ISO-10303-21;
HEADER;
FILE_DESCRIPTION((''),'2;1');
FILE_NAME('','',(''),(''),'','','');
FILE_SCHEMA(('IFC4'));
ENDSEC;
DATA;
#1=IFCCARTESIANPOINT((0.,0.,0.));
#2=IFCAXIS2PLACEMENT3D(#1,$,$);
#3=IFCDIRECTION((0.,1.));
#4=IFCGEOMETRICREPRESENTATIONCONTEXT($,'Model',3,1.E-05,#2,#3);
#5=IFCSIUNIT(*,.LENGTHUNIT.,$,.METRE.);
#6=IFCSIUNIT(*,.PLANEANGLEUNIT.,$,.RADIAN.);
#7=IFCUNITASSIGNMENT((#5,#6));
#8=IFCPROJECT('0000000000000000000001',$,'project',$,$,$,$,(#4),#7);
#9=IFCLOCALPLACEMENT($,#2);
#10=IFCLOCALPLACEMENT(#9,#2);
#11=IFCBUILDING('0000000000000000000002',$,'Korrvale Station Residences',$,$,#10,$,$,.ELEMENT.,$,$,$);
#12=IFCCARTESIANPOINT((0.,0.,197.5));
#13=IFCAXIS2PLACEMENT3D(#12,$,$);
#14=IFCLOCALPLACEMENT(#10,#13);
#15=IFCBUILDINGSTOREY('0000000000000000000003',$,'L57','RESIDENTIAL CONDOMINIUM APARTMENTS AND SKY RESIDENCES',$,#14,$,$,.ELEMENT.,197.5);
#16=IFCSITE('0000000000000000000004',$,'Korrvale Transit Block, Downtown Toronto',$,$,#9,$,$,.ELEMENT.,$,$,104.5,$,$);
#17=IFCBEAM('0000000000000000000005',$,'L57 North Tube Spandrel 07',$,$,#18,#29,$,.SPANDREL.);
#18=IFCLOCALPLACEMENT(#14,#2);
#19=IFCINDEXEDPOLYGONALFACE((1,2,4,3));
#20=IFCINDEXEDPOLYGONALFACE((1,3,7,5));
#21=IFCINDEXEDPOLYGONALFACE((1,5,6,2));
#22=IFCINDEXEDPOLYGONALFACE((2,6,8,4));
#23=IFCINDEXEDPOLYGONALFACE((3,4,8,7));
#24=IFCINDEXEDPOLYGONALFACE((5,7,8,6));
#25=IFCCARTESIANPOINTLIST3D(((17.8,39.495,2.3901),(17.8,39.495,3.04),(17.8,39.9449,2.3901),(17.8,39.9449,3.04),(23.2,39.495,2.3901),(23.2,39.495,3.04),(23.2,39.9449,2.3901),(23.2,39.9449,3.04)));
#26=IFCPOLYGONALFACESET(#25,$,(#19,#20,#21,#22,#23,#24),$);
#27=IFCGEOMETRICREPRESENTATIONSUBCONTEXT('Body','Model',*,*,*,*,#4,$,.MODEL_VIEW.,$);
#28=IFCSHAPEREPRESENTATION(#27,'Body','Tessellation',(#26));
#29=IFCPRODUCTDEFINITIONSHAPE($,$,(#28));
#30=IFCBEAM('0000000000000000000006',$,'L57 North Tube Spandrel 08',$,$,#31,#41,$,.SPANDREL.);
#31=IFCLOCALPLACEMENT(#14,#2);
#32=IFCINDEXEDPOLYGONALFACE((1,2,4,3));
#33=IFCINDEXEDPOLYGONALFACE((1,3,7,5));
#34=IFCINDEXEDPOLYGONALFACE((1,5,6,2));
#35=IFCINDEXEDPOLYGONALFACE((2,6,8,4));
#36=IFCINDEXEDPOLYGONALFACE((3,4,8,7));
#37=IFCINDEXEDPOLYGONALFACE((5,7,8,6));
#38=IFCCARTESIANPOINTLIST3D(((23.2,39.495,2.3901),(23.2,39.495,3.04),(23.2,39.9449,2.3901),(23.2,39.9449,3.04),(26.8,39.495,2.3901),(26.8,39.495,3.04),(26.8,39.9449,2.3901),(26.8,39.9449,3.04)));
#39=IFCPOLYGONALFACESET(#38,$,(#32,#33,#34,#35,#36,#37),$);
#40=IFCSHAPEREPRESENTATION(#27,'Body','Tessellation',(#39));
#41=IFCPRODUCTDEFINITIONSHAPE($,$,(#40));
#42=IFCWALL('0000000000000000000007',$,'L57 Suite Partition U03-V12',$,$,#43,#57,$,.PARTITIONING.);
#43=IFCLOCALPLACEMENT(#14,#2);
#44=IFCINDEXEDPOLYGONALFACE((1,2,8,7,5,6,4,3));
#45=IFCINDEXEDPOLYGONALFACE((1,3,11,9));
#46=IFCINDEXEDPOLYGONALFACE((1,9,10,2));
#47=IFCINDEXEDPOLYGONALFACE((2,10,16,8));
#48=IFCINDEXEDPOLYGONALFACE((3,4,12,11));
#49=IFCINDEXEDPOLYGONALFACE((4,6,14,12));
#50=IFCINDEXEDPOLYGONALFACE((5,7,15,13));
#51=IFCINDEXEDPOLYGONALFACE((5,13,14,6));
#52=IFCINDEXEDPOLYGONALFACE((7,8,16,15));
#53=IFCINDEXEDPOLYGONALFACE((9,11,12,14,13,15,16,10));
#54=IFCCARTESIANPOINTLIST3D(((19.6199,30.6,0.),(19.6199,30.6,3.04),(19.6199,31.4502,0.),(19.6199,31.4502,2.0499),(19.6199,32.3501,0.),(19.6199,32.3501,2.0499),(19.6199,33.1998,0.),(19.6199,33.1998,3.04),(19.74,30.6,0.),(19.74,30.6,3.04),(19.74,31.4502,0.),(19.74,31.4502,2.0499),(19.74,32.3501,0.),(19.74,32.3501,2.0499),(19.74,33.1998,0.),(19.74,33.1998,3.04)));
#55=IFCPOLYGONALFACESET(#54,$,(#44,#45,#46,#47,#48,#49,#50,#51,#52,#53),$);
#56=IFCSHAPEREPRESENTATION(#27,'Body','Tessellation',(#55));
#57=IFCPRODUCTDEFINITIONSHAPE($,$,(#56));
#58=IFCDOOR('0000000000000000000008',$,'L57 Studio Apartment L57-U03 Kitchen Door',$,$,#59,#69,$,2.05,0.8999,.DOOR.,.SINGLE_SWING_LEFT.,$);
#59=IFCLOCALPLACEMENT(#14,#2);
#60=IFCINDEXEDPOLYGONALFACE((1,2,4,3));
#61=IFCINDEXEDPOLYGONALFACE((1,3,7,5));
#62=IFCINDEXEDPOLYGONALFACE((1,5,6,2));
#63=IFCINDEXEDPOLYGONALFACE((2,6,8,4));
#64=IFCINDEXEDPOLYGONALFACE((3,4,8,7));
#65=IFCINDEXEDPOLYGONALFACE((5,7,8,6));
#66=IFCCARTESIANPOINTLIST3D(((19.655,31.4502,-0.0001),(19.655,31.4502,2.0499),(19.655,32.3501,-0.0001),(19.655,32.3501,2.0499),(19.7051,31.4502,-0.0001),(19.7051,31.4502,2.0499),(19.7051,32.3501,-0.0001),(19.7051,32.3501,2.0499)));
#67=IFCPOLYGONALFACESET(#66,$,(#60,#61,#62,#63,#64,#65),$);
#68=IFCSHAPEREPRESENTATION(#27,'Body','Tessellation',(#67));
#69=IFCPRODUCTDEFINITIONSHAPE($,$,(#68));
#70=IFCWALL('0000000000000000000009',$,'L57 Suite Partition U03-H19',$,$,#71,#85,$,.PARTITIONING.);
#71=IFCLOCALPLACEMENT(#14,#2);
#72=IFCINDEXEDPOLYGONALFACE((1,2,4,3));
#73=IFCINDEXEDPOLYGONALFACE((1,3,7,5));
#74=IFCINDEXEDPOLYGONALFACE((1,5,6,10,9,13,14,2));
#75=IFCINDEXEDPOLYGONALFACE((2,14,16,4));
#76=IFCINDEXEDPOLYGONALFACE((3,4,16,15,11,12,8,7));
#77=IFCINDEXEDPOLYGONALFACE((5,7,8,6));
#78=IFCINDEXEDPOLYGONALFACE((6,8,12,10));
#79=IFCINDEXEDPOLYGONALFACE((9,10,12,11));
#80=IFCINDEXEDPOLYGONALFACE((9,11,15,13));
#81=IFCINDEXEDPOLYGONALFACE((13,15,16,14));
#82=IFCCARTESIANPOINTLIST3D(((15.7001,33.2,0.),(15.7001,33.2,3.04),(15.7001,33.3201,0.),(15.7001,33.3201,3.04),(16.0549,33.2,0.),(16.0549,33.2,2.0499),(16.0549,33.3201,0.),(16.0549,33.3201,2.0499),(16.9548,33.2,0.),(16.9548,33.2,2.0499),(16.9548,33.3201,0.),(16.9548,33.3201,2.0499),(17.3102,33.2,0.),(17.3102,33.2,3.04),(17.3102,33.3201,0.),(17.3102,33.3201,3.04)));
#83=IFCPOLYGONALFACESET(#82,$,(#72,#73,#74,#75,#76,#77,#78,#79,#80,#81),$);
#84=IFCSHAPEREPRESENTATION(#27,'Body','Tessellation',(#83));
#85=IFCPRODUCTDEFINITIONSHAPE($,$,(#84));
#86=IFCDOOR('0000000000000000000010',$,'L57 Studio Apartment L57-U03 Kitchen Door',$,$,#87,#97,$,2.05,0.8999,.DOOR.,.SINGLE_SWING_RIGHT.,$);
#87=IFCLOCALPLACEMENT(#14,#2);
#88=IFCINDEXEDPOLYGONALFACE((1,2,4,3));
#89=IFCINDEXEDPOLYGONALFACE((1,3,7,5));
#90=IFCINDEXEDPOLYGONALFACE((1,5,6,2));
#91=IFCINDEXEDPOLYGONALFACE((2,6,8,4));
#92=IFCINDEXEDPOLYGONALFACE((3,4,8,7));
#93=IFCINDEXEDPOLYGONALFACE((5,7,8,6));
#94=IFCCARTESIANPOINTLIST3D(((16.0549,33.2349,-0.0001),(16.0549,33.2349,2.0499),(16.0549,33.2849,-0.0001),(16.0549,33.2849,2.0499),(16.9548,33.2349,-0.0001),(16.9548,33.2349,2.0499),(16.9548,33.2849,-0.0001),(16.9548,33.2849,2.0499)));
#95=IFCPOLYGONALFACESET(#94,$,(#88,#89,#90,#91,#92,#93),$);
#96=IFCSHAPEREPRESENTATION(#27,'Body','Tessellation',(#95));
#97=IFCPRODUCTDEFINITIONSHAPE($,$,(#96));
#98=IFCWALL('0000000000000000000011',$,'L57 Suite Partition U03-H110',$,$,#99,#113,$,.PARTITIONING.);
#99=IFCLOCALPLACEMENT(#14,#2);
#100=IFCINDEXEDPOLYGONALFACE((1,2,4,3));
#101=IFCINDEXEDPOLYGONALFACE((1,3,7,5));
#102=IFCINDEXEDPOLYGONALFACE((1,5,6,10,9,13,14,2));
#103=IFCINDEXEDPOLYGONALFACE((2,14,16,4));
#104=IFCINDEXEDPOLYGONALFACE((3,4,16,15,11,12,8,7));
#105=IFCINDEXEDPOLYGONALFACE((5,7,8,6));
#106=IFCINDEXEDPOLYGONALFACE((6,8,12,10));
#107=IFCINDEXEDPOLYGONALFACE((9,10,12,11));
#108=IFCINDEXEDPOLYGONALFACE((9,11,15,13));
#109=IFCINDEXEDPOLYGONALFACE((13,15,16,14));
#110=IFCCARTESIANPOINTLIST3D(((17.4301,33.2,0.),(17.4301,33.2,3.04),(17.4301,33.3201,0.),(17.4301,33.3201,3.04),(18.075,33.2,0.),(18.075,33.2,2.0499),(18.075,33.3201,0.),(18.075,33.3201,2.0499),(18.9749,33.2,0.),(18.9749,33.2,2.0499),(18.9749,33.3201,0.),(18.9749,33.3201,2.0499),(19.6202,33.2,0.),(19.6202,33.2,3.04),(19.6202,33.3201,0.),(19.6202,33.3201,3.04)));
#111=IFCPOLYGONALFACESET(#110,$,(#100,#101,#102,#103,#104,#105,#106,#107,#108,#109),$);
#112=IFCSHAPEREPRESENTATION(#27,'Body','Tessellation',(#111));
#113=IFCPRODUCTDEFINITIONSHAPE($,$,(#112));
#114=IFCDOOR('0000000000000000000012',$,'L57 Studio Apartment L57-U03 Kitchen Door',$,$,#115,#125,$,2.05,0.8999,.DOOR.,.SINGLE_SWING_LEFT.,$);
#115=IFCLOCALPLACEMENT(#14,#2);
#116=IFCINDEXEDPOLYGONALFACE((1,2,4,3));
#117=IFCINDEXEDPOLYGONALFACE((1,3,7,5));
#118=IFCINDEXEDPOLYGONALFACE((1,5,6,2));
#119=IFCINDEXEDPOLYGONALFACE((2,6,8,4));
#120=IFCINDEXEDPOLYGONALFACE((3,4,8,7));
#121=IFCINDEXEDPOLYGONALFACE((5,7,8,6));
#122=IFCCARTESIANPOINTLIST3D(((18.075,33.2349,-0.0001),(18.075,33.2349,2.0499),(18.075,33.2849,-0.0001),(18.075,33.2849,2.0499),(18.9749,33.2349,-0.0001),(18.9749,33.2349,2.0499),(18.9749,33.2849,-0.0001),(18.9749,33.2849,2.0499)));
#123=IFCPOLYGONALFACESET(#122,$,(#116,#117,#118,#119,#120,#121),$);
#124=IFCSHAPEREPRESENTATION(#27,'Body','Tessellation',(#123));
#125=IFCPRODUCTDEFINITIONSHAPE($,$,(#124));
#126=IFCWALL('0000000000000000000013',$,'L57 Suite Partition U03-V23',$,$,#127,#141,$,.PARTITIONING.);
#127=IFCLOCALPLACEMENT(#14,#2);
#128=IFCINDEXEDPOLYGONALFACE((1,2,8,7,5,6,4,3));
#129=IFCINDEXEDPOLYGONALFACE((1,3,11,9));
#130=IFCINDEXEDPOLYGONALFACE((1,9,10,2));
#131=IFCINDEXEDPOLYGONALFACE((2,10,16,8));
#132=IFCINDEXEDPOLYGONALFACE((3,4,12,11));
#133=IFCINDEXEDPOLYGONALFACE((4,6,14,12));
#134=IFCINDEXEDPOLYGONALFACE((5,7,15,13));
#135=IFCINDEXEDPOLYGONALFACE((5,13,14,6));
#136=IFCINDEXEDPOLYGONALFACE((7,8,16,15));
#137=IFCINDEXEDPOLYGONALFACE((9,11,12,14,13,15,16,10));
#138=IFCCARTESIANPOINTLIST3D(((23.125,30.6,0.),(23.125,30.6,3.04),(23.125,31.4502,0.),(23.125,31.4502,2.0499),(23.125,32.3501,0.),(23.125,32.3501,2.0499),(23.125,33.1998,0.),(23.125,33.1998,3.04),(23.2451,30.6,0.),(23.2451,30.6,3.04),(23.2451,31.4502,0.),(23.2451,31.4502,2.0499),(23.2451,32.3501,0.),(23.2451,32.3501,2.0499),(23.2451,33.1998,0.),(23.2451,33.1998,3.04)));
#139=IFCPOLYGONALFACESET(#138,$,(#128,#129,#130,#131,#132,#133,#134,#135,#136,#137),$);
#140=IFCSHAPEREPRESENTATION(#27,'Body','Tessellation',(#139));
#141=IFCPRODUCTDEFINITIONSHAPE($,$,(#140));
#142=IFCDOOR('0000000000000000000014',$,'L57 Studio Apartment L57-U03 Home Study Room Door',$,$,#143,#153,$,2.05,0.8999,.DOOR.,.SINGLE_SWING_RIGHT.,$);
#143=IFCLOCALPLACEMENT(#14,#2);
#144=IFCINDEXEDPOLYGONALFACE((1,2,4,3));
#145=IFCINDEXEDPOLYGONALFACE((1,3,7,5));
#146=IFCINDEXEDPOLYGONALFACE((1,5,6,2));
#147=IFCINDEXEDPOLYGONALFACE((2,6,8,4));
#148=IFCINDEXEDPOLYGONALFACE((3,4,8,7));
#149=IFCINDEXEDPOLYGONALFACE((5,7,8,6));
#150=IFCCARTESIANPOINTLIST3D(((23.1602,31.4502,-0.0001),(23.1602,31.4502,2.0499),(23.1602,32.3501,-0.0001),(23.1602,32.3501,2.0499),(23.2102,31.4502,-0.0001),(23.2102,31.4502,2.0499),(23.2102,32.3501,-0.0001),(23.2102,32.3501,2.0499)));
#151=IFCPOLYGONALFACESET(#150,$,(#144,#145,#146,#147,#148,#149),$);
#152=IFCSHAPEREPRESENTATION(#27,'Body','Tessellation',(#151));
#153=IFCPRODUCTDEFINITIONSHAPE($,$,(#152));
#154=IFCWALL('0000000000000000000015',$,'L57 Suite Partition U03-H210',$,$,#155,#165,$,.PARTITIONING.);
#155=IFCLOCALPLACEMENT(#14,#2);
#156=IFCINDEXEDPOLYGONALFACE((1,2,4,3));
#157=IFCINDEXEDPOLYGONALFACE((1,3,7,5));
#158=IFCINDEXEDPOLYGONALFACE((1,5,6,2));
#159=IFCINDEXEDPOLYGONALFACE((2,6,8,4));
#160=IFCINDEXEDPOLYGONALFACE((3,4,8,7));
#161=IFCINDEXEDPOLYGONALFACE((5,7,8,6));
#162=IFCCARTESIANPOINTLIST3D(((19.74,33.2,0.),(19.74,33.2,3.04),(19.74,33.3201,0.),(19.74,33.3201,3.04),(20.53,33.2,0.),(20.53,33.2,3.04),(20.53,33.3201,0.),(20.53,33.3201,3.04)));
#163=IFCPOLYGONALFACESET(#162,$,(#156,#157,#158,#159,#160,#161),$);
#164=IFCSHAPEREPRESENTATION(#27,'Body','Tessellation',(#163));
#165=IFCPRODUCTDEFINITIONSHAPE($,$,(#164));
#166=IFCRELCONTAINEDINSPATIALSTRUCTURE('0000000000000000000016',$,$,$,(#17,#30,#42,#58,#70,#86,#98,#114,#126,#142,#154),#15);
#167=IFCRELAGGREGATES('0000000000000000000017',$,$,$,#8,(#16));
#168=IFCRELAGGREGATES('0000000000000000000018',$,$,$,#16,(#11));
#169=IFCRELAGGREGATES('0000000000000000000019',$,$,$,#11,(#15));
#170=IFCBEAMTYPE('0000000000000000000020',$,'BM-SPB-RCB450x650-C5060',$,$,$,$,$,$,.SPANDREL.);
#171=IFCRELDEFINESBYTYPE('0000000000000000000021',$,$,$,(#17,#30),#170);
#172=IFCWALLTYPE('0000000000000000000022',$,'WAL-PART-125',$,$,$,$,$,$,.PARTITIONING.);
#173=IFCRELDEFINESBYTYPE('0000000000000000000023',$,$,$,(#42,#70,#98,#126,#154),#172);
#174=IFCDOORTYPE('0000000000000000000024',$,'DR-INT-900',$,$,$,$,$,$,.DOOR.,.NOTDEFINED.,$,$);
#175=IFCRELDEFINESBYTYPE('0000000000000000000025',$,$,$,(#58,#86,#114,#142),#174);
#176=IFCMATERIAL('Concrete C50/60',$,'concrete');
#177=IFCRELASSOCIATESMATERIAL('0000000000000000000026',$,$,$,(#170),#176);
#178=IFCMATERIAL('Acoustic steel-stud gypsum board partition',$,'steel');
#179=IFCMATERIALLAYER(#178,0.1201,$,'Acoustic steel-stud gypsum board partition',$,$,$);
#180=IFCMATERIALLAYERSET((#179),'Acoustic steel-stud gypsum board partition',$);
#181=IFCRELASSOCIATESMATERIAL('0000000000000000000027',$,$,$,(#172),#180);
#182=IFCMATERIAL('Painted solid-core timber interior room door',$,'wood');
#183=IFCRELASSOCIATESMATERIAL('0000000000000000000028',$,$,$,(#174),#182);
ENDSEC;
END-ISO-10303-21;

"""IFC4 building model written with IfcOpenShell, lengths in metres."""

from ifc_helpers import new_model, si_unit, direction, frame, frame_2d, origin, origin_2d, place, context, subcontext, project, spatial, rectangle, extrude, material, layer, layer_set, material_profile, profile_set, type_object, element, fill, save


model = new_model("IFC4")

# Units and contexts
model_context = context("Model", 3, precision=1e-05, world=origin(), true_north=direction((0.0, 1.0)))
body_context = subcontext(model_context, "Body", "Model", "MODEL_VIEW")
ifc_project = project(units=[si_unit("LENGTHUNIT", "METRE"), si_unit("PLANEANGLEUNIT", "RADIAN")], contexts=[model_context])

# Site, building, storey
site_placement = place(None, origin())
site = spatial("IfcSite", under=ifc_project, at=site_placement, Name="Korrvale Transit Block, Downtown Toronto", CompositionType="ELEMENT", RefElevation=104.5)
building_placement = place(site_placement, origin())
building = spatial("IfcBuilding", under=site, at=building_placement, Name="Korrvale Station Residences", CompositionType="ELEMENT")
storey_placement = place(building_placement, frame((0.0, 0.0, 197.5)))
storey = spatial("IfcBuildingStorey", under=building, at=storey_placement, Name="L57", Description="RESIDENTIAL CONDOMINIUM APARTMENTS AND SKY RESIDENCES", CompositionType="ELEMENT", Elevation=197.5)

# Shared definitions
ifc_material_1 = material(Name="Concrete C50/60", Category="concrete")

# Beams
ifc_material_profile_1 = material_profile(ifc_material_1, rectangle(XDim=0.45, YDim=0.6499, at=origin_2d()), Name="RCB450x650")
ifc_profile_set_1 = profile_set([ifc_material_profile_1], Name="Concrete C50/60")
beam_type_1 = type_object("IfcBeamType", Name="BM-SPB-RCB450x650-C5060", PredefinedType="SPANDREL", material=ifc_profile_set_1)
beam_1_placement = place(storey_placement, frame((17.8, 39.72, 2.7151), z_axis=(1.0, 0.0, 0.0), x_axis=(0.0, 1.0, 0.0)))
element("IfcBeam", 1, at=beam_1_placement, inside=storey, type_object=beam_type_1, Name="L57 North Tube Spandrel 07", PredefinedType="SPANDREL", context=body_context, shape_type="SweptSolid", body=[
    extrude(rectangle(XDim=0.45, YDim=0.6499, at=origin_2d()), origin(), (0.0, 0.0, 1.0), 5.3999),
])
beam_2_placement = place(storey_placement, frame((23.2, 39.72, 2.7151), z_axis=(1.0, 0.0, 0.0), x_axis=(0.0, 1.0, 0.0)))
element("IfcBeam", 2, at=beam_2_placement, inside=storey, type_object=beam_type_1, Name="L57 North Tube Spandrel 08", PredefinedType="SPANDREL", context=body_context, shape_type="SweptSolid", body=[
    extrude(rectangle(XDim=0.45, YDim=0.6499, at=origin_2d()), origin(), (0.0, 0.0, 1.0), 3.6001),
])

# Walls, openings, doors
ifc_material_2 = material(Name="Acoustic steel-stud gypsum board partition", Category="steel")
ifc_layer_1 = layer(ifc_material_2, 0.1201, Name="Acoustic steel-stud gypsum board partition")
ifc_layer_set_1 = layer_set([ifc_layer_1], Name="Acoustic steel-stud gypsum board partition")
wall_type = type_object("IfcWallType", Name="WAL-PART-125", PredefinedType="PARTITIONING", material=ifc_layer_set_1)
wall_1_placement = place(storey_placement, frame((19.6799, 30.6001, 0.0), z_axis=(0.0, 0.0, 1.0), x_axis=(0.0, 1.0, 0.0)))
wall_1 = element("IfcWall", 3, at=wall_1_placement, inside=storey, type_object=wall_type, Name="L57 Suite Partition U03-V12", PredefinedType="PARTITIONING", context=body_context, shape_type="SweptSolid", body=[
    extrude(rectangle(XDim=2.5999, YDim=0.1201, at=frame_2d((1.2998, 0.0))), origin(), (0.0, 0.0, 1.0), 3.04),
])
opening_1_placement = place(wall_1_placement, frame((0.8501, 0.0, 0.0)))
opening_1 = element("IfcOpeningElement", 4, at=opening_1_placement, cuts=wall_1, PredefinedType="OPENING", context=body_context, shape_type="SweptSolid", body=[
    extrude(rectangle(XDim=0.8999, YDim=2.05, at=frame_2d((0.45, 1.0249))), frame((0.0, 0.0701, 0.0), z_axis=(0.0, -1.0, 0.0), x_axis=(1.0, 0.0, 0.0)), (0.0, 0.0, 1.0), 0.1401),
])
ifc_material_3 = material(Name="Painted solid-core timber interior room door", Category="wood")
door_type = type_object("IfcDoorType", Name="DR-INT-900", OperationType="NOTDEFINED", PredefinedType="DOOR", material=ifc_material_3)
door_1_placement = place(opening_1_placement, origin())
door_1 = element("IfcDoor", 5, at=door_1_placement, inside=storey, type_object=door_type, Name="L57 Studio Apartment L57-U03 Kitchen Door", OperationType="SINGLE_SWING_LEFT", OverallHeight=2.05, OverallWidth=0.8999, PredefinedType="DOOR", context=body_context, shape_type="SweptSolid", body=[
    extrude(rectangle(XDim=0.8999, YDim=2.05, at=frame_2d((0.45, 1.0249))), frame((0.0, 0.0249, 0.0), z_axis=(0.0, -1.0, 0.0), x_axis=(1.0, 0.0, 0.0)), (0.0, 0.0, 1.0), 0.05),
])
fill(opening_1, door_1)
wall_2_placement = place(storey_placement, frame((15.7, 33.26, 0.0), z_axis=(0.0, 0.0, 1.0), x_axis=(1.0, 0.0, 0.0)))
wall_2 = element("IfcWall", 6, at=wall_2_placement, inside=storey, type_object=wall_type, Name="L57 Suite Partition U03-H19", PredefinedType="PARTITIONING", context=body_context, shape_type="SweptSolid", body=[
    extrude(rectangle(XDim=1.6101, YDim=0.1201, at=frame_2d((0.8052, 0.0))), origin(), (0.0, 0.0, 1.0), 3.04),
])
opening_2_placement = place(wall_2_placement, frame((0.355, 0.0, 0.0)))
opening_2 = element("IfcOpeningElement", 7, at=opening_2_placement, cuts=wall_2, PredefinedType="OPENING", context=body_context, shape_type="SweptSolid", body=[
    extrude(rectangle(XDim=0.8999, YDim=2.05, at=frame_2d((0.45, 1.0249))), frame((0.0, 0.0701, 0.0), z_axis=(0.0, -1.0, 0.0), x_axis=(1.0, 0.0, 0.0)), (0.0, 0.0, 1.0), 0.1401),
])
door_2_placement = place(opening_2_placement, origin())
door_2 = element("IfcDoor", 8, at=door_2_placement, inside=storey, type_object=door_type, Name="L57 Studio Apartment L57-U03 Kitchen Door", OperationType="SINGLE_SWING_RIGHT", OverallHeight=2.05, OverallWidth=0.8999, PredefinedType="DOOR", context=body_context, shape_type="SweptSolid", body=[
    extrude(rectangle(XDim=0.8999, YDim=2.05, at=frame_2d((0.45, 1.0249))), frame((0.0, 0.0249, 0.0), z_axis=(0.0, -1.0, 0.0), x_axis=(1.0, 0.0, 0.0)), (0.0, 0.0, 1.0), 0.05),
])
fill(opening_2, door_2)
wall_3_placement = place(storey_placement, frame((17.4299, 33.26, 0.0), z_axis=(0.0, 0.0, 1.0), x_axis=(1.0, 0.0, 0.0)))
wall_3 = element("IfcWall", 9, at=wall_3_placement, inside=storey, type_object=wall_type, Name="L57 Suite Partition U03-H110", PredefinedType="PARTITIONING", context=body_context, shape_type="SweptSolid", body=[
    extrude(rectangle(XDim=2.1902, YDim=0.1201, at=frame_2d((1.0952, 0.0))), origin(), (0.0, 0.0, 1.0), 3.04),
])
opening_3_placement = place(wall_3_placement, frame((0.645, 0.0, 0.0)))
opening_3 = element("IfcOpeningElement", 10, at=opening_3_placement, cuts=wall_3, PredefinedType="OPENING", context=body_context, shape_type="SweptSolid", body=[
    extrude(rectangle(XDim=0.8999, YDim=2.05, at=frame_2d((0.45, 1.0249))), frame((0.0, 0.0701, 0.0), z_axis=(0.0, -1.0, 0.0), x_axis=(1.0, 0.0, 0.0)), (0.0, 0.0, 1.0), 0.1401),
])
door_3_placement = place(opening_3_placement, origin())
door_3 = element("IfcDoor", 11, at=door_3_placement, inside=storey, type_object=door_type, Name="L57 Studio Apartment L57-U03 Kitchen Door", OperationType="SINGLE_SWING_LEFT", OverallHeight=2.05, OverallWidth=0.8999, PredefinedType="DOOR", context=body_context, shape_type="SweptSolid", body=[
    extrude(rectangle(XDim=0.8999, YDim=2.05, at=frame_2d((0.45, 1.0249))), frame((0.0, 0.0249, 0.0), z_axis=(0.0, -1.0, 0.0), x_axis=(1.0, 0.0, 0.0)), (0.0, 0.0, 1.0), 0.05),
])
fill(opening_3, door_3)
wall_4_placement = place(storey_placement, frame((23.1851, 30.6001, 0.0), z_axis=(0.0, 0.0, 1.0), x_axis=(0.0, 1.0, 0.0)))
wall_4 = element("IfcWall", 12, at=wall_4_placement, inside=storey, type_object=wall_type, Name="L57 Suite Partition U03-V23", PredefinedType="PARTITIONING", context=body_context, shape_type="SweptSolid", body=[
    extrude(rectangle(XDim=2.5999, YDim=0.1201, at=frame_2d((1.2998, 0.0))), origin(), (0.0, 0.0, 1.0), 3.04),
])
opening_4_placement = place(wall_4_placement, frame((0.8501, 0.0, 0.0)))
opening_4 = element("IfcOpeningElement", 13, at=opening_4_placement, cuts=wall_4, PredefinedType="OPENING", context=body_context, shape_type="SweptSolid", body=[
    extrude(rectangle(XDim=0.8999, YDim=2.05, at=frame_2d((0.45, 1.0249))), frame((0.0, 0.0701, 0.0), z_axis=(0.0, -1.0, 0.0), x_axis=(1.0, 0.0, 0.0)), (0.0, 0.0, 1.0), 0.1401),
])
door_4_placement = place(opening_4_placement, origin())
door_4 = element("IfcDoor", 14, at=door_4_placement, inside=storey, type_object=door_type, Name="L57 Studio Apartment L57-U03 Home Study Room Door", OperationType="SINGLE_SWING_RIGHT", OverallHeight=2.05, OverallWidth=0.8999, PredefinedType="DOOR", context=body_context, shape_type="SweptSolid", body=[
    extrude(rectangle(XDim=0.8999, YDim=2.05, at=frame_2d((0.45, 1.0249))), frame((0.0, 0.0249, 0.0), z_axis=(0.0, -1.0, 0.0), x_axis=(1.0, 0.0, 0.0)), (0.0, 0.0, 1.0), 0.05),
])
fill(opening_4, door_4)

# Wall
wall_5_placement = place(storey_placement, frame((19.74, 33.26, 0.0), z_axis=(0.0, 0.0, 1.0), x_axis=(1.0, 0.0, 0.0)))
element("IfcWall", 15, at=wall_5_placement, inside=storey, type_object=wall_type, Name="L57 Suite Partition U03-H210", PredefinedType="PARTITIONING", context=body_context, shape_type="SweptSolid", body=[
    extrude(rectangle(XDim=0.79, YDim=0.1201, at=frame_2d((0.395, 0.0))), origin(), (0.0, 0.0, 1.0), 3.04),
])

save(model, "model.ifc")
